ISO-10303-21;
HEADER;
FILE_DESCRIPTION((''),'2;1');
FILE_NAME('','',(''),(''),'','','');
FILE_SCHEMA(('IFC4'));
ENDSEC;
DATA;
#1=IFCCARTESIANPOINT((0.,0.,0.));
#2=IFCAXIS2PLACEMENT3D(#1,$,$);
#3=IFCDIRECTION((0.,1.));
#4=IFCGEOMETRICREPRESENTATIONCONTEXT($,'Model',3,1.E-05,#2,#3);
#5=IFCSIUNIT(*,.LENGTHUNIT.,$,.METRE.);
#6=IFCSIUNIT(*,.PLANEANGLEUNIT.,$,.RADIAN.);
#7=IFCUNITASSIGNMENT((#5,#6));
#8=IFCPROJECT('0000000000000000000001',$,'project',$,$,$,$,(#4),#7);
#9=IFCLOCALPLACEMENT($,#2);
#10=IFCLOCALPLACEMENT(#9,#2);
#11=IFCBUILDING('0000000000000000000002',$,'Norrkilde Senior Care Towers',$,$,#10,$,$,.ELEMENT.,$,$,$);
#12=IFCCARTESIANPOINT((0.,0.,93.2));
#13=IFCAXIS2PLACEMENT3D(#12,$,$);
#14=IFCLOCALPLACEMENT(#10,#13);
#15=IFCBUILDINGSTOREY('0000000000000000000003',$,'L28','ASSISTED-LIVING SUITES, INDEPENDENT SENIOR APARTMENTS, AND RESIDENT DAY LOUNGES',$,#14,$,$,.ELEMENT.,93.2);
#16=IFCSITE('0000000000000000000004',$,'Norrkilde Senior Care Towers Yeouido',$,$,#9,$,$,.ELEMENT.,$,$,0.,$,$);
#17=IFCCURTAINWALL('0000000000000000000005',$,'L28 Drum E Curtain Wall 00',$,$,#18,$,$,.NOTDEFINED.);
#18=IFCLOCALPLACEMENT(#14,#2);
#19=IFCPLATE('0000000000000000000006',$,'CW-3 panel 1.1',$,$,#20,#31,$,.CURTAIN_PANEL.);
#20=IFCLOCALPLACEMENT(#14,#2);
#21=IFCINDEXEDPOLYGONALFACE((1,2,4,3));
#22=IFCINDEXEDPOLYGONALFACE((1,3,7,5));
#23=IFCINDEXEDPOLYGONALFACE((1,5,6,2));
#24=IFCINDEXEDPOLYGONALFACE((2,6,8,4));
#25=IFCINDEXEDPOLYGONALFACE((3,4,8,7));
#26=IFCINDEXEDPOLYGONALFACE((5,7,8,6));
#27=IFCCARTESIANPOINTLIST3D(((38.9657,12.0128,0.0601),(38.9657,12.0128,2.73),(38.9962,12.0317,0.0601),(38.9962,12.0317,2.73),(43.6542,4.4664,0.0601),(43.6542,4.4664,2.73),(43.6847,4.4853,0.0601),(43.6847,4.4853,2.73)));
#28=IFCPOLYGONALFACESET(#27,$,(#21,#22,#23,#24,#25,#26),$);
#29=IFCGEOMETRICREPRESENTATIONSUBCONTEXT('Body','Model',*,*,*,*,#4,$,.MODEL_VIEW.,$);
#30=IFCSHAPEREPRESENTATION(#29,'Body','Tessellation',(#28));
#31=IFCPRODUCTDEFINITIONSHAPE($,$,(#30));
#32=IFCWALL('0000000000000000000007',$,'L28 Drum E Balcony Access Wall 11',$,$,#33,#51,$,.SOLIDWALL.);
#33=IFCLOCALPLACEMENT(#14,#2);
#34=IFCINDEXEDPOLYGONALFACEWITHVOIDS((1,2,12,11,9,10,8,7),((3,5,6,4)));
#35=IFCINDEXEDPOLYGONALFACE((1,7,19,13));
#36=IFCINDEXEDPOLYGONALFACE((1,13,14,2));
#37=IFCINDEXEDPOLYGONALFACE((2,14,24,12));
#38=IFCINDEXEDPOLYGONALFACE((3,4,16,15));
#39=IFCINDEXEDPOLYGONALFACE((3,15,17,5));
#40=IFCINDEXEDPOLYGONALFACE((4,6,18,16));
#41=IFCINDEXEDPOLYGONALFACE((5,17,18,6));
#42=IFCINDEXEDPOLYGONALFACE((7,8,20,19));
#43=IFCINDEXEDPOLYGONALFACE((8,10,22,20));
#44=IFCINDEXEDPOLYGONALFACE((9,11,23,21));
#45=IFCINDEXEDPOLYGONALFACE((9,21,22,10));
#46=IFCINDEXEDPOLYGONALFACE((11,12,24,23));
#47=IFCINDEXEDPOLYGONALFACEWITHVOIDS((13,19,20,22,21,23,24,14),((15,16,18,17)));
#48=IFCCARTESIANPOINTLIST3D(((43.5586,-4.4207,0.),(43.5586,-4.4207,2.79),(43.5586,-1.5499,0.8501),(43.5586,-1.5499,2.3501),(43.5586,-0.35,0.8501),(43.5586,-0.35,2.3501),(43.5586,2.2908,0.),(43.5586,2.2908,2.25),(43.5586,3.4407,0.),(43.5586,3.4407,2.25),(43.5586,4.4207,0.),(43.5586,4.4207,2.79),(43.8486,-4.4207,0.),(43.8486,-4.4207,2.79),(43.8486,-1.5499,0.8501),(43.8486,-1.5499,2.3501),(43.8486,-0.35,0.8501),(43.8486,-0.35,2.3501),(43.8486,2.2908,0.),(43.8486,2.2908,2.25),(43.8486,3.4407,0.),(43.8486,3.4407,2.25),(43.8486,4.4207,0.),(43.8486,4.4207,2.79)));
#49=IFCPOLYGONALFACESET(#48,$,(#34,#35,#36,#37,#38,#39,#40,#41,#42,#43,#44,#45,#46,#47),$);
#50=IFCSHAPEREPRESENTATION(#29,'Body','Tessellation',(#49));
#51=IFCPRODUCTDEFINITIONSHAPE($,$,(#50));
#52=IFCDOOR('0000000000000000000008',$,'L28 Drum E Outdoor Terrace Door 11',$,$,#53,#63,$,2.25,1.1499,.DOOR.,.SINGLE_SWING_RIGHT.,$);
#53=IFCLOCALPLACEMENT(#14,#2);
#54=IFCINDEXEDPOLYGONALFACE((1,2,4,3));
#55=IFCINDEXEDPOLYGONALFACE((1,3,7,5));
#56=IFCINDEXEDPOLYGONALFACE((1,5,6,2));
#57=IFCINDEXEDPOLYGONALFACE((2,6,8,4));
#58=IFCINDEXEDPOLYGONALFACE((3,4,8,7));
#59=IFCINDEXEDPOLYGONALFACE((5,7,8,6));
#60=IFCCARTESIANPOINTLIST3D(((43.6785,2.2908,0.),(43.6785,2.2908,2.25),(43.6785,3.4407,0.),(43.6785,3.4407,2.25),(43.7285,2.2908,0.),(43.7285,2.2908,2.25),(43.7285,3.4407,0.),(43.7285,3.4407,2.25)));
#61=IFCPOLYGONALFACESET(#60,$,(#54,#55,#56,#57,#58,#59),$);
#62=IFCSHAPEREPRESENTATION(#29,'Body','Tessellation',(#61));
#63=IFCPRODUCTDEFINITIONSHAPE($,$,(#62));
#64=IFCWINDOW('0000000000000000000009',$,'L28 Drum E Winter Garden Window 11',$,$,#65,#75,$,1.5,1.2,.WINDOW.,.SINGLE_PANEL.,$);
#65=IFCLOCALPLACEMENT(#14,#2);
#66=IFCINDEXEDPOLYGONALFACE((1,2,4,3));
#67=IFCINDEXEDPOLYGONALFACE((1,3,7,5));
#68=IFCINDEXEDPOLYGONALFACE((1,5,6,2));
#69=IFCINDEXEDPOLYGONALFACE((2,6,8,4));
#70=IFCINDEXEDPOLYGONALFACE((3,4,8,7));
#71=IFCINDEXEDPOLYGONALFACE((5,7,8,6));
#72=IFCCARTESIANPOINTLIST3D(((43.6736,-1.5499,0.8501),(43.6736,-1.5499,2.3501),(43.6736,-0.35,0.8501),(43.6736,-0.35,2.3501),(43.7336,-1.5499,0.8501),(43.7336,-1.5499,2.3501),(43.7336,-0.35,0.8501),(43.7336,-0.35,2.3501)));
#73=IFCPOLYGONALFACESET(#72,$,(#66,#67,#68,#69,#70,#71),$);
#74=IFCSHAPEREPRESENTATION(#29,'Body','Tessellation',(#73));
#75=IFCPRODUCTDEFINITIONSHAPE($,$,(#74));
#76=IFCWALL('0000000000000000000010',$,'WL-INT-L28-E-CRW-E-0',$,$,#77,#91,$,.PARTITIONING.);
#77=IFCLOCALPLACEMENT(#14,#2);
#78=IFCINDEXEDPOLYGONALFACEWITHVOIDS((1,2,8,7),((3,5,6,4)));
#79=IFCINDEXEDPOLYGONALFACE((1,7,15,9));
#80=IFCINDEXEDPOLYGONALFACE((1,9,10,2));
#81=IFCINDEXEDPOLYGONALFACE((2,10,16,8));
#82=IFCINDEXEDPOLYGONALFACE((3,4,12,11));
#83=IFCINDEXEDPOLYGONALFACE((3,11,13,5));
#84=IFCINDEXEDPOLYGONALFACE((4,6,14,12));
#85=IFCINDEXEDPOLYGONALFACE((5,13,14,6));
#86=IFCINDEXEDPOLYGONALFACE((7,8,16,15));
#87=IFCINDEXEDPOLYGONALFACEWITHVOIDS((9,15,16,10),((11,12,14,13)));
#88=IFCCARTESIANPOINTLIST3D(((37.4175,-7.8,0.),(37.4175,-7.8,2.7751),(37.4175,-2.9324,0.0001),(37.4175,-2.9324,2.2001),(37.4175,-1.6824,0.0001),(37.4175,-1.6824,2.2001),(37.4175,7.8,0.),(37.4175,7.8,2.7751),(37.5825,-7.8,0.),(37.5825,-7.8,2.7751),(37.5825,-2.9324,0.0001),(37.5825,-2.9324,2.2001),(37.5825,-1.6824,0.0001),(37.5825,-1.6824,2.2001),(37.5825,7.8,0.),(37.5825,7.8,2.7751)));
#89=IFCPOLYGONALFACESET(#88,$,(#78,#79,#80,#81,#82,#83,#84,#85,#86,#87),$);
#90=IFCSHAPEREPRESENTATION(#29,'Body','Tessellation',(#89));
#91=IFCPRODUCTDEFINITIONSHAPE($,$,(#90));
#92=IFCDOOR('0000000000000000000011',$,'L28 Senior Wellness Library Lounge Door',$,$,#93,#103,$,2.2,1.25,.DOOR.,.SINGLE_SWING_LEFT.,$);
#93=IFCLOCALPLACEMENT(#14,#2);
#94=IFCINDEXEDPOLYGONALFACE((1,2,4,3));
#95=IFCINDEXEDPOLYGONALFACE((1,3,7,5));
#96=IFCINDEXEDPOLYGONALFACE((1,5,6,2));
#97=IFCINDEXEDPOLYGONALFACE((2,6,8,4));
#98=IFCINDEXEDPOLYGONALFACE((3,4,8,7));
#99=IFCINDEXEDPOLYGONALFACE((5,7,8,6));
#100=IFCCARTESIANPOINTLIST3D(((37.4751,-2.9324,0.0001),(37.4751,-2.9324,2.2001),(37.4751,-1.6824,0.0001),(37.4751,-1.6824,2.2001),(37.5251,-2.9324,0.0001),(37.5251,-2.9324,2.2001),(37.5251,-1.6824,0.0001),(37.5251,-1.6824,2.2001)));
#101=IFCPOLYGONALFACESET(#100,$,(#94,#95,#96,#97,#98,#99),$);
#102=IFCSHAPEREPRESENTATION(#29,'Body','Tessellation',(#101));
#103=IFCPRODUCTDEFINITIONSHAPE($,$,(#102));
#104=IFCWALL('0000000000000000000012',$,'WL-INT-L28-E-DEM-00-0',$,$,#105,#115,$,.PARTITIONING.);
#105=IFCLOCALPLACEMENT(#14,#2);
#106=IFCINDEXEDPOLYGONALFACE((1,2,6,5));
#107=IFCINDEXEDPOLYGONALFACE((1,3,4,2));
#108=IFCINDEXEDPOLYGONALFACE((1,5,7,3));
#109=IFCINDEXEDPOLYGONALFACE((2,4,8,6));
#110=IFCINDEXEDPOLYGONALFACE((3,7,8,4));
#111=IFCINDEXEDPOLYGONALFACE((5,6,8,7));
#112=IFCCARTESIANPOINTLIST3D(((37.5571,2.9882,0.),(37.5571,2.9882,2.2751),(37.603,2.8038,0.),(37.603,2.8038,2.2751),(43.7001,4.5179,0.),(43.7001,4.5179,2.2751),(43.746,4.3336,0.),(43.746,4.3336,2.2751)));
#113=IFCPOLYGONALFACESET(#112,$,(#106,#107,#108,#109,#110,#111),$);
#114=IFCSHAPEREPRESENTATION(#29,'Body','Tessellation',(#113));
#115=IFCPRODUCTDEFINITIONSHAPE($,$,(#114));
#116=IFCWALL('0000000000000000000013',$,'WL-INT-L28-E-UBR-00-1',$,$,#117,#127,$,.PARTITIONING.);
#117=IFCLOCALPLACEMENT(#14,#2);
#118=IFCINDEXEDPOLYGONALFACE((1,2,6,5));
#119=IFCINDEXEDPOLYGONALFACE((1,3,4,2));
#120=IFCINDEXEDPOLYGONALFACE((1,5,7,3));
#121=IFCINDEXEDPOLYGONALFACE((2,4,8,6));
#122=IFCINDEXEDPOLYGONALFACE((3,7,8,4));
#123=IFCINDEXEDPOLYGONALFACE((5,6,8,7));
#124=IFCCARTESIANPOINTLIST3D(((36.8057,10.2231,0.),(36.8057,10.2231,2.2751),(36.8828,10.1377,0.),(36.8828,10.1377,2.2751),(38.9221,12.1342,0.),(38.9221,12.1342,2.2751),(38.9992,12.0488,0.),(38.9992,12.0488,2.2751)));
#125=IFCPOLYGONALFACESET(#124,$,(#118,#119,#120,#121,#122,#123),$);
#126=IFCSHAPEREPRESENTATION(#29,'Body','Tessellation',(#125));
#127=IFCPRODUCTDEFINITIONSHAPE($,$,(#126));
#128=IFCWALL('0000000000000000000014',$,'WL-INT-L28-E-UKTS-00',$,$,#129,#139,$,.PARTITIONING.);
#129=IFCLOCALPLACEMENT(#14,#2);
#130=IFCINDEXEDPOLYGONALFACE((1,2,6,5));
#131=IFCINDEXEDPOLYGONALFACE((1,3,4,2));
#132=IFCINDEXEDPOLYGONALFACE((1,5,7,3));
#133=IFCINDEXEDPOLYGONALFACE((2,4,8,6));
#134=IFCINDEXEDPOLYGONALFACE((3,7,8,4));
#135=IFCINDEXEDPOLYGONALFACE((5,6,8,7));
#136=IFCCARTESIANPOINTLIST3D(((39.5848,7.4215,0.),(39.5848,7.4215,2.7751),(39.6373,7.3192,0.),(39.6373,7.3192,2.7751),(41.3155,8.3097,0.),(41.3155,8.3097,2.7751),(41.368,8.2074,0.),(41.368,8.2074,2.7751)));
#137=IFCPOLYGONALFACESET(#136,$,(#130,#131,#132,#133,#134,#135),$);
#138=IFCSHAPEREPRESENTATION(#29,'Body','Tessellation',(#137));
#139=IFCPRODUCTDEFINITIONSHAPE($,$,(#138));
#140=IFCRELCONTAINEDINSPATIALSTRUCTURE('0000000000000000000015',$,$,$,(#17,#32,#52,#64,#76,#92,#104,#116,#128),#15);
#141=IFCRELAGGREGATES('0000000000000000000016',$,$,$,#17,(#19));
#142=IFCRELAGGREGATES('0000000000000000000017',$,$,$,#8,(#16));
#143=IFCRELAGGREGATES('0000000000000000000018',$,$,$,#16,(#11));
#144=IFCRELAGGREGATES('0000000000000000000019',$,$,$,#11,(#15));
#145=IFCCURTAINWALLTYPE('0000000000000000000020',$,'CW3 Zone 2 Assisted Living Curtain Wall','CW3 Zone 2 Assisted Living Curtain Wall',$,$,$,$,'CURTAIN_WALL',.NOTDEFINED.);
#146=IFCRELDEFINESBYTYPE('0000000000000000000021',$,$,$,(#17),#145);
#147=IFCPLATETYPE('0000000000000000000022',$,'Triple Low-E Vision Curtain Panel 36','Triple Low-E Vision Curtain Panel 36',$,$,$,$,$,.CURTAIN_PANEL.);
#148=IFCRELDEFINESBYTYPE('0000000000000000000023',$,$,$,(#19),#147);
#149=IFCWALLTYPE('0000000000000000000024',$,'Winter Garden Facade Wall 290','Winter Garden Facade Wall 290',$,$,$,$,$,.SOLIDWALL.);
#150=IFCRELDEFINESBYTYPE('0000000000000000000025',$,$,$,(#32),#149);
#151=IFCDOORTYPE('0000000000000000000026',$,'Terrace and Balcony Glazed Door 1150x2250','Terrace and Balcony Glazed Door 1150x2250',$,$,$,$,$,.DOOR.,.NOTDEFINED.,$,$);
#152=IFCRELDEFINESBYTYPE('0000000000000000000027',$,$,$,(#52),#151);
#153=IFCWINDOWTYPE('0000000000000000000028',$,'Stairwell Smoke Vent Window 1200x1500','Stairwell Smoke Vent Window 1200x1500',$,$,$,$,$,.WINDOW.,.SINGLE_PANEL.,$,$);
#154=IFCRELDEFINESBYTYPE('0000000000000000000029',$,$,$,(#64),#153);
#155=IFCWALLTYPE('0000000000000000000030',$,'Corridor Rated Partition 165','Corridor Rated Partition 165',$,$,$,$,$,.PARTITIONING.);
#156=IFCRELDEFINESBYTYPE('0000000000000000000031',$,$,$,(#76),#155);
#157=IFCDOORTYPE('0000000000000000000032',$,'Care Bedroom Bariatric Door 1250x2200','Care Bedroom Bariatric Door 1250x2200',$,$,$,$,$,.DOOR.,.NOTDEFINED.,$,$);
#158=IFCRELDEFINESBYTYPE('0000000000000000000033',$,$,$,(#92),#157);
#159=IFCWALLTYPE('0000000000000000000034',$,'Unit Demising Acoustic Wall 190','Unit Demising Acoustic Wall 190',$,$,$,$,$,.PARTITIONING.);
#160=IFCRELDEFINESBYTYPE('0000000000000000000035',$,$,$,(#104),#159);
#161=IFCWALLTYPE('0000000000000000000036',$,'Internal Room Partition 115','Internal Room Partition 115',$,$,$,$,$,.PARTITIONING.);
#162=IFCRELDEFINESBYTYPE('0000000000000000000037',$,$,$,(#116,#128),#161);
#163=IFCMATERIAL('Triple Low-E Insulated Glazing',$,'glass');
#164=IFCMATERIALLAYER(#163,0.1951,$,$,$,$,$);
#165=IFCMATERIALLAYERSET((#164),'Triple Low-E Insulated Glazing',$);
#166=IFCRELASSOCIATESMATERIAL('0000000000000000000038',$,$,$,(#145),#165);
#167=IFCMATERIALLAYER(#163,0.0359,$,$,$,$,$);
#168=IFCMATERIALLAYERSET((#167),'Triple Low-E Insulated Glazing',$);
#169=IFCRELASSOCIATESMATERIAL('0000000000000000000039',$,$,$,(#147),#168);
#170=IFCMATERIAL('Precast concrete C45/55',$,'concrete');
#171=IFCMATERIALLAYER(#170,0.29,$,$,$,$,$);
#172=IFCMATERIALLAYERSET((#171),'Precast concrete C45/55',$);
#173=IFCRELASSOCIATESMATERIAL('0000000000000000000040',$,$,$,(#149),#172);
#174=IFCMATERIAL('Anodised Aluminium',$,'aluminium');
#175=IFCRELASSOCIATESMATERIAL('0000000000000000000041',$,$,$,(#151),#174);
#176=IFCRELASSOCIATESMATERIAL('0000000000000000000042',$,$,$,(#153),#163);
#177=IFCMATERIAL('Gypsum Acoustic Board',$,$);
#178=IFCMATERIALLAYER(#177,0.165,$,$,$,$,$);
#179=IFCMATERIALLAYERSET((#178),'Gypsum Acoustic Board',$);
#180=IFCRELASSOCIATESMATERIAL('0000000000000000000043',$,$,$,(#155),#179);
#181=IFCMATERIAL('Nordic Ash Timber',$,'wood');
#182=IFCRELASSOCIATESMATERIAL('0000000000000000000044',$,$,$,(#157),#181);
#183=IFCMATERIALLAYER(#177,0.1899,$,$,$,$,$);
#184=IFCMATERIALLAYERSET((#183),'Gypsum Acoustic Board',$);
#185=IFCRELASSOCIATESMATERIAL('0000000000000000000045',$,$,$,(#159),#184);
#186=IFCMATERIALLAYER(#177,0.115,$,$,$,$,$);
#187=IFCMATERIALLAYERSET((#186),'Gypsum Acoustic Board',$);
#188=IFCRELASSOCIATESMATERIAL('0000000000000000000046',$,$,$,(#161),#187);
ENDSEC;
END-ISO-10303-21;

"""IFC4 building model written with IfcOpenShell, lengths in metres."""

from ifc_helpers import new_model, si_unit, direction, frame, frame_2d, origin, origin_2d, place, context, subcontext, project, spatial, rectangle, extrude, source, transform, mapped, material, layer, layer_set, type_object, type_shapes, element, fill, aggregate, save


model = new_model("IFC4")

# Units and contexts
model_context = context("Model", 3, precision=1e-05, world=origin(), true_north=direction((0.0, 1.0)))
body_context = subcontext(model_context, "Body", "Model", "MODEL_VIEW")
ifc_project = project(units=[si_unit("LENGTHUNIT", "METRE"), si_unit("PLANEANGLEUNIT", "RADIAN")], contexts=[model_context])

# Site, building, storey
site_placement = place(None, origin())
site = spatial("IfcSite", under=ifc_project, at=site_placement, Name="Norrkilde Senior Care Towers Yeouido", CompositionType="ELEMENT", RefElevation=0.0)
building_placement = place(site_placement, origin())
building = spatial("IfcBuilding", under=site, at=building_placement, Name="Norrkilde Senior Care Towers", CompositionType="ELEMENT")
storey_placement = place(building_placement, frame((0.0, 0.0, 93.2)))
storey = spatial("IfcBuildingStorey", under=building, at=storey_placement, Name="L28", Description="ASSISTED-LIVING SUITES, INDEPENDENT SENIOR APARTMENTS, AND RESIDENT DAY LOUNGES", CompositionType="ELEMENT", Elevation=93.2)

# Curtain wall
ifc_material_1 = material(Name="Triple Low-E Insulated Glazing", Category="glass")
ifc_layer_1 = layer(ifc_material_1, 0.1951)
ifc_layer_set_1 = layer_set([ifc_layer_1], Name="Triple Low-E Insulated Glazing")
curtain_wall_type = type_object("IfcCurtainWallType", Name="CW3 Zone 2 Assisted Living Curtain Wall", Description="CW3 Zone 2 Assisted Living Curtain Wall", ElementType="CURTAIN_WALL", PredefinedType="NOTDEFINED", material=ifc_layer_set_1)
curtain_wall_1_placement = place(storey_placement, origin())
curtain_wall_1 = element("IfcCurtainWall", 1, at=curtain_wall_1_placement, inside=storey, type_object=curtain_wall_type, Name="L28 Drum E Curtain Wall 00", PredefinedType="NOTDEFINED")
ifc_material_2 = material(Name="Anodised Aluminium", Category="aluminium")

# Plate
ifc_layer_2 = layer(ifc_material_1, 0.0359)
ifc_layer_set_2 = layer_set([ifc_layer_2], Name="Triple Low-E Insulated Glazing")
plate_type = type_object("IfcPlateType", Name="Triple Low-E Vision Curtain Panel 36", Description="Triple Low-E Vision Curtain Panel 36", PredefinedType="CURTAIN_PANEL", material=ifc_layer_set_2)
shared_shape_1 = source(origin(), body_context, "Body", "SweptSolid", [
    extrude(rectangle(XDim=8.8843, YDim=0.0359, at=origin_2d()), origin(), (0.0, 0.0, 1.0), 2.6699),
])
type_shapes(plate_type, [shared_shape_1])
plate_placement = place(storey_placement, frame((41.3252, 8.249, 0.0601), z_axis=(0.0, 0.0, 1.0), x_axis=(0.527733, -0.84941, 0.0)))
plate = element("IfcPlate", 2, at=plate_placement, type_object=plate_type, Name="CW-3 panel 1.1", PredefinedType="CURTAIN_PANEL", context=body_context, shape_type="MappedRepresentation", body=[
    mapped(shared_shape_1, transform((0.0, 0.0, 0.0), x_axis=(1.0, 0.0, 0.0), y_axis=(0.0, 1.0, 0.0), z_axis=(0.0, 0.0, 1.0), scale=1.0)),
])
aggregate(curtain_wall_1, [plate])

# Wall, openings, door, window
ifc_material_3 = material(Name="Precast concrete C45/55", Category="concrete")
ifc_layer_3 = layer(ifc_material_3, 0.29)
ifc_layer_set_3 = layer_set([ifc_layer_3], Name="Precast concrete C45/55")
wall_type_1 = type_object("IfcWallType", Name="Winter Garden Facade Wall 290", Description="Winter Garden Facade Wall 290", PredefinedType="SOLIDWALL", material=ifc_layer_set_3)
shared_shape_2 = source(origin(), body_context, "Body", "SweptSolid", [
    extrude(rectangle(XDim=8.8413, YDim=0.29, at=frame_2d((4.4207, 0.0))), origin(), (0.0, 0.0, 1.0), 2.79),
])
type_shapes(wall_type_1, [shared_shape_2])
wall_1_placement = place(storey_placement, frame((43.7036, 4.4207, 0.0), z_axis=(0.0, 0.0, 1.0), x_axis=(0.0, -1.0, 0.0)))
wall_1 = element("IfcWall", 3, at=wall_1_placement, inside=storey, type_object=wall_type_1, Name="L28 Drum E Balcony Access Wall 11", PredefinedType="SOLIDWALL", context=body_context, shape_type="MappedRepresentation", body=[
    mapped(shared_shape_2, transform((0.0, 0.0, 0.0), x_axis=(1.0, 0.0, 0.0), y_axis=(0.0, 1.0, 0.0), z_axis=(0.0, 0.0, 1.0), scale=1.0)),
])
opening_1_placement = place(wall_1_placement, frame((0.98, 0.0, 0.0)))
opening_1 = element("IfcOpeningElement", 4, at=opening_1_placement, cuts=wall_1, PredefinedType="OPENING", context=body_context, shape_type="SweptSolid", body=[
    extrude(rectangle(XDim=1.1499, YDim=2.25, at=frame_2d((0.575, 1.125))), frame((0.0, 0.155, 0.0), z_axis=(0.0, -1.0, 0.0), x_axis=(1.0, 0.0, 0.0)), (0.0, 0.0, 1.0), 0.3101),
])
opening_2_placement = place(wall_1_placement, frame((4.7705, 0.0, 0.8501)))
opening_2 = element("IfcOpeningElement", 5, at=opening_2_placement, cuts=wall_1, PredefinedType="OPENING", context=body_context, shape_type="SweptSolid", body=[
    extrude(rectangle(XDim=1.2, YDim=1.5, at=frame_2d((0.6001, 0.75))), frame((0.0, 0.155, 0.0), z_axis=(0.0, -1.0, 0.0), x_axis=(1.0, 0.0, 0.0)), (0.0, 0.0, 1.0), 0.3101),
])
door_type_1 = type_object("IfcDoorType", Name="Terrace and Balcony Glazed Door 1150x2250", Description="Terrace and Balcony Glazed Door 1150x2250", OperationType="NOTDEFINED", PredefinedType="DOOR", material=ifc_material_2)
shared_shape_3 = source(origin(), body_context, "Body", "SweptSolid", [
    extrude(rectangle(XDim=1.1499, YDim=2.25, at=frame_2d((0.575, 1.125))), frame((0.0, 0.0249, 0.0), z_axis=(0.0, -1.0, 0.0), x_axis=(1.0, 0.0, 0.0)), (0.0, 0.0, 1.0), 0.05),
])
type_shapes(door_type_1, [shared_shape_3])
door_1_placement = place(opening_1_placement, origin())
door_1 = element("IfcDoor", 6, at=door_1_placement, inside=storey, type_object=door_type_1, Name="L28 Drum E Outdoor Terrace Door 11", OperationType="SINGLE_SWING_RIGHT", OverallHeight=2.25, OverallWidth=1.1499, PredefinedType="DOOR", context=body_context, shape_type="MappedRepresentation", body=[
    mapped(shared_shape_3, transform((0.0, 0.0, 0.0), x_axis=(1.0, 0.0, 0.0), y_axis=(0.0, 1.0, 0.0), z_axis=(0.0, 0.0, 1.0), scale=1.0)),
])
fill(opening_1, door_1)
window_type = type_object("IfcWindowType", Name="Stairwell Smoke Vent Window 1200x1500", Description="Stairwell Smoke Vent Window 1200x1500", PartitioningType="SINGLE_PANEL", PredefinedType="WINDOW", material=ifc_material_1)
shared_shape_4 = source(origin(), body_context, "Body", "SweptSolid", [
    extrude(rectangle(XDim=1.2, YDim=1.5, at=frame_2d((0.6001, 0.75))), frame((0.0, 0.03, 0.0), z_axis=(0.0, -1.0, 0.0), x_axis=(1.0, 0.0, 0.0)), (0.0, 0.0, 1.0), 0.0601),
])
type_shapes(window_type, [shared_shape_4])
window_placement = place(opening_2_placement, origin())
window = element("IfcWindow", 7, at=window_placement, inside=storey, type_object=window_type, Name="L28 Drum E Winter Garden Window 11", OverallHeight=1.5, OverallWidth=1.2, PartitioningType="SINGLE_PANEL", PredefinedType="WINDOW", context=body_context, shape_type="MappedRepresentation", body=[
    mapped(shared_shape_4, transform((0.0, 0.0, 0.0), x_axis=(1.0, 0.0, 0.0), y_axis=(0.0, 1.0, 0.0), z_axis=(0.0, 0.0, 1.0), scale=1.0)),
])
fill(opening_2, window)

# Wall, opening, door
ifc_material_4 = material(Name="Gypsum Acoustic Board")
ifc_layer_4 = layer(ifc_material_4, 0.165)
ifc_layer_set_4 = layer_set([ifc_layer_4], Name="Gypsum Acoustic Board")
wall_type_2 = type_object("IfcWallType", Name="Corridor Rated Partition 165", Description="Corridor Rated Partition 165", PredefinedType="PARTITIONING", material=ifc_layer_set_4)
shared_shape_5 = source(origin(), body_context, "Body", "SweptSolid", [
    extrude(rectangle(XDim=15.6001, YDim=0.165, at=frame_2d((7.8, 0.0))), origin(), (0.0, 0.0, 1.0), 2.7751),
])
type_shapes(wall_type_2, [shared_shape_5])
wall_2_placement = place(storey_placement, frame((37.5, 7.8, 0.0), z_axis=(0.0, 0.0, 1.0), x_axis=(0.0, -1.0, 0.0)))
wall_2 = element("IfcWall", 8, at=wall_2_placement, inside=storey, type_object=wall_type_2, Name="WL-INT-L28-E-CRW-E-0", PredefinedType="PARTITIONING", context=body_context, shape_type="MappedRepresentation", body=[
    mapped(shared_shape_5, transform((0.0, 0.0, 0.0), x_axis=(1.0, 0.0, 0.0), y_axis=(0.0, 1.0, 0.0), z_axis=(0.0, 0.0, 1.0), scale=1.0)),
])
opening_3_placement = place(wall_2_placement, frame((9.4824, 0.0, 0.0)))
opening_3 = element("IfcOpeningElement", 9, at=opening_3_placement, cuts=wall_2, PredefinedType="OPENING", context=body_context, shape_type="SweptSolid", body=[
    extrude(rectangle(XDim=1.25, YDim=2.2, at=frame_2d((0.625, 1.1001))), frame((0.0, 0.0925, 0.0), z_axis=(0.0, -1.0, 0.0), x_axis=(1.0, 0.0, 0.0)), (0.0, 0.0, 1.0), 0.1851),
])
ifc_material_5 = material(Name="Nordic Ash Timber", Category="wood")
door_type_2 = type_object("IfcDoorType", Name="Care Bedroom Bariatric Door 1250x2200", Description="Care Bedroom Bariatric Door 1250x2200", OperationType="NOTDEFINED", PredefinedType="DOOR", material=ifc_material_5)
shared_shape_6 = source(origin(), body_context, "Body", "SweptSolid", [
    extrude(rectangle(XDim=1.25, YDim=2.2, at=frame_2d((0.625, 1.1001))), frame((0.0, 0.0249, 0.0), z_axis=(0.0, -1.0, 0.0), x_axis=(1.0, 0.0, 0.0)), (0.0, 0.0, 1.0), 0.05),
])
type_shapes(door_type_2, [shared_shape_6])
door_2_placement = place(opening_3_placement, frame((1.25, 0.0, 0.0), z_axis=(0.0, 0.0, 1.0), x_axis=(-1.0, 0.0, 0.0)))
door_2 = element("IfcDoor", 10, at=door_2_placement, inside=storey, type_object=door_type_2, Name="L28 Senior Wellness Library Lounge Door", OperationType="SINGLE_SWING_LEFT", OverallHeight=2.2, OverallWidth=1.25, PredefinedType="DOOR", context=body_context, shape_type="MappedRepresentation", body=[
    mapped(shared_shape_6, transform((0.0, 0.0, 0.0), x_axis=(1.0, 0.0, 0.0), y_axis=(0.0, 1.0, 0.0), z_axis=(0.0, 0.0, 1.0), scale=1.0)),
])
fill(opening_3, door_2)

# Walls
ifc_layer_5 = layer(ifc_material_4, 0.1899)
ifc_layer_set_5 = layer_set([ifc_layer_5], Name="Gypsum Acoustic Board")
wall_type_3 = type_object("IfcWallType", Name="Unit Demising Acoustic Wall 190", Description="Unit Demising Acoustic Wall 190", PredefinedType="PARTITIONING", material=ifc_layer_set_5)
shared_shape_7 = source(origin(), body_context, "Body", "SweptSolid", [
    extrude(rectangle(XDim=6.3306, YDim=0.1899, at=frame_2d((3.1653, 0.0))), origin(), (0.0, 0.0, 1.0), 2.2751),
])
type_shapes(wall_type_3, [shared_shape_7])
wall_3_placement = place(storey_placement, frame((37.5801, 2.896, 0.0), z_axis=(0.0, 0.0, 1.0), x_axis=(0.970364, 0.241646, 0.0)))
element("IfcWall", 11, at=wall_3_placement, inside=storey, type_object=wall_type_3, Name="WL-INT-L28-E-DEM-00-0", PredefinedType="PARTITIONING", context=body_context, shape_type="MappedRepresentation", body=[
    mapped(shared_shape_7, transform((0.0, 0.0, 0.0), x_axis=(1.0, 0.0, 0.0), y_axis=(0.0, 1.0, 0.0), z_axis=(0.0, 0.0, 1.0), scale=1.0)),
])
ifc_layer_6 = layer(ifc_material_4, 0.115)
ifc_layer_set_6 = layer_set([ifc_layer_6], Name="Gypsum Acoustic Board")
wall_type_4 = type_object("IfcWallType", Name="Internal Room Partition 115", Description="Internal Room Partition 115", PredefinedType="PARTITIONING", material=ifc_layer_set_6)
shared_shape_8 = source(origin(), body_context, "Body", "SweptSolid", [
    extrude(rectangle(XDim=2.8516, YDim=0.115, at=frame_2d((1.4258, 0.0))), origin(), (0.0, 0.0, 1.0), 2.2751),
])
wall_4_placement = place(storey_placement, frame((36.8442, 10.1804, 0.0), z_axis=(0.0, 0.0, 1.0), x_axis=(0.742191, 0.670189, 0.0)))
element("IfcWall", 12, at=wall_4_placement, inside=storey, type_object=wall_type_4, Name="WL-INT-L28-E-UBR-00-1", PredefinedType="PARTITIONING", context=body_context, shape_type="MappedRepresentation", body=[
    mapped(shared_shape_8, transform((0.0, 0.0, 0.0), x_axis=(1.0, 0.0, 0.0), y_axis=(0.0, 1.0, 0.0), z_axis=(0.0, 0.0, 1.0), scale=1.0)),
])
shared_shape_9 = source(origin(), body_context, "Body", "SweptSolid", [
    extrude(rectangle(XDim=1.9453, YDim=0.115, at=frame_2d((0.9727, 0.0))), origin(), (0.0, 0.0, 1.0), 2.7751),
])
wall_5_placement = place(storey_placement, frame((39.6111, 7.3704, 0.0), z_axis=(0.0, 0.0, 1.0), x_axis=(0.889684, 0.456577, 0.0)))
element("IfcWall", 13, at=wall_5_placement, inside=storey, type_object=wall_type_4, Name="WL-INT-L28-E-UKTS-00", PredefinedType="PARTITIONING", context=body_context, shape_type="MappedRepresentation", body=[
    mapped(shared_shape_9, transform((0.0, 0.0, 0.0), x_axis=(1.0, 0.0, 0.0), y_axis=(0.0, 1.0, 0.0), z_axis=(0.0, 0.0, 1.0), scale=1.0)),
])

save(model, "model.ifc")
